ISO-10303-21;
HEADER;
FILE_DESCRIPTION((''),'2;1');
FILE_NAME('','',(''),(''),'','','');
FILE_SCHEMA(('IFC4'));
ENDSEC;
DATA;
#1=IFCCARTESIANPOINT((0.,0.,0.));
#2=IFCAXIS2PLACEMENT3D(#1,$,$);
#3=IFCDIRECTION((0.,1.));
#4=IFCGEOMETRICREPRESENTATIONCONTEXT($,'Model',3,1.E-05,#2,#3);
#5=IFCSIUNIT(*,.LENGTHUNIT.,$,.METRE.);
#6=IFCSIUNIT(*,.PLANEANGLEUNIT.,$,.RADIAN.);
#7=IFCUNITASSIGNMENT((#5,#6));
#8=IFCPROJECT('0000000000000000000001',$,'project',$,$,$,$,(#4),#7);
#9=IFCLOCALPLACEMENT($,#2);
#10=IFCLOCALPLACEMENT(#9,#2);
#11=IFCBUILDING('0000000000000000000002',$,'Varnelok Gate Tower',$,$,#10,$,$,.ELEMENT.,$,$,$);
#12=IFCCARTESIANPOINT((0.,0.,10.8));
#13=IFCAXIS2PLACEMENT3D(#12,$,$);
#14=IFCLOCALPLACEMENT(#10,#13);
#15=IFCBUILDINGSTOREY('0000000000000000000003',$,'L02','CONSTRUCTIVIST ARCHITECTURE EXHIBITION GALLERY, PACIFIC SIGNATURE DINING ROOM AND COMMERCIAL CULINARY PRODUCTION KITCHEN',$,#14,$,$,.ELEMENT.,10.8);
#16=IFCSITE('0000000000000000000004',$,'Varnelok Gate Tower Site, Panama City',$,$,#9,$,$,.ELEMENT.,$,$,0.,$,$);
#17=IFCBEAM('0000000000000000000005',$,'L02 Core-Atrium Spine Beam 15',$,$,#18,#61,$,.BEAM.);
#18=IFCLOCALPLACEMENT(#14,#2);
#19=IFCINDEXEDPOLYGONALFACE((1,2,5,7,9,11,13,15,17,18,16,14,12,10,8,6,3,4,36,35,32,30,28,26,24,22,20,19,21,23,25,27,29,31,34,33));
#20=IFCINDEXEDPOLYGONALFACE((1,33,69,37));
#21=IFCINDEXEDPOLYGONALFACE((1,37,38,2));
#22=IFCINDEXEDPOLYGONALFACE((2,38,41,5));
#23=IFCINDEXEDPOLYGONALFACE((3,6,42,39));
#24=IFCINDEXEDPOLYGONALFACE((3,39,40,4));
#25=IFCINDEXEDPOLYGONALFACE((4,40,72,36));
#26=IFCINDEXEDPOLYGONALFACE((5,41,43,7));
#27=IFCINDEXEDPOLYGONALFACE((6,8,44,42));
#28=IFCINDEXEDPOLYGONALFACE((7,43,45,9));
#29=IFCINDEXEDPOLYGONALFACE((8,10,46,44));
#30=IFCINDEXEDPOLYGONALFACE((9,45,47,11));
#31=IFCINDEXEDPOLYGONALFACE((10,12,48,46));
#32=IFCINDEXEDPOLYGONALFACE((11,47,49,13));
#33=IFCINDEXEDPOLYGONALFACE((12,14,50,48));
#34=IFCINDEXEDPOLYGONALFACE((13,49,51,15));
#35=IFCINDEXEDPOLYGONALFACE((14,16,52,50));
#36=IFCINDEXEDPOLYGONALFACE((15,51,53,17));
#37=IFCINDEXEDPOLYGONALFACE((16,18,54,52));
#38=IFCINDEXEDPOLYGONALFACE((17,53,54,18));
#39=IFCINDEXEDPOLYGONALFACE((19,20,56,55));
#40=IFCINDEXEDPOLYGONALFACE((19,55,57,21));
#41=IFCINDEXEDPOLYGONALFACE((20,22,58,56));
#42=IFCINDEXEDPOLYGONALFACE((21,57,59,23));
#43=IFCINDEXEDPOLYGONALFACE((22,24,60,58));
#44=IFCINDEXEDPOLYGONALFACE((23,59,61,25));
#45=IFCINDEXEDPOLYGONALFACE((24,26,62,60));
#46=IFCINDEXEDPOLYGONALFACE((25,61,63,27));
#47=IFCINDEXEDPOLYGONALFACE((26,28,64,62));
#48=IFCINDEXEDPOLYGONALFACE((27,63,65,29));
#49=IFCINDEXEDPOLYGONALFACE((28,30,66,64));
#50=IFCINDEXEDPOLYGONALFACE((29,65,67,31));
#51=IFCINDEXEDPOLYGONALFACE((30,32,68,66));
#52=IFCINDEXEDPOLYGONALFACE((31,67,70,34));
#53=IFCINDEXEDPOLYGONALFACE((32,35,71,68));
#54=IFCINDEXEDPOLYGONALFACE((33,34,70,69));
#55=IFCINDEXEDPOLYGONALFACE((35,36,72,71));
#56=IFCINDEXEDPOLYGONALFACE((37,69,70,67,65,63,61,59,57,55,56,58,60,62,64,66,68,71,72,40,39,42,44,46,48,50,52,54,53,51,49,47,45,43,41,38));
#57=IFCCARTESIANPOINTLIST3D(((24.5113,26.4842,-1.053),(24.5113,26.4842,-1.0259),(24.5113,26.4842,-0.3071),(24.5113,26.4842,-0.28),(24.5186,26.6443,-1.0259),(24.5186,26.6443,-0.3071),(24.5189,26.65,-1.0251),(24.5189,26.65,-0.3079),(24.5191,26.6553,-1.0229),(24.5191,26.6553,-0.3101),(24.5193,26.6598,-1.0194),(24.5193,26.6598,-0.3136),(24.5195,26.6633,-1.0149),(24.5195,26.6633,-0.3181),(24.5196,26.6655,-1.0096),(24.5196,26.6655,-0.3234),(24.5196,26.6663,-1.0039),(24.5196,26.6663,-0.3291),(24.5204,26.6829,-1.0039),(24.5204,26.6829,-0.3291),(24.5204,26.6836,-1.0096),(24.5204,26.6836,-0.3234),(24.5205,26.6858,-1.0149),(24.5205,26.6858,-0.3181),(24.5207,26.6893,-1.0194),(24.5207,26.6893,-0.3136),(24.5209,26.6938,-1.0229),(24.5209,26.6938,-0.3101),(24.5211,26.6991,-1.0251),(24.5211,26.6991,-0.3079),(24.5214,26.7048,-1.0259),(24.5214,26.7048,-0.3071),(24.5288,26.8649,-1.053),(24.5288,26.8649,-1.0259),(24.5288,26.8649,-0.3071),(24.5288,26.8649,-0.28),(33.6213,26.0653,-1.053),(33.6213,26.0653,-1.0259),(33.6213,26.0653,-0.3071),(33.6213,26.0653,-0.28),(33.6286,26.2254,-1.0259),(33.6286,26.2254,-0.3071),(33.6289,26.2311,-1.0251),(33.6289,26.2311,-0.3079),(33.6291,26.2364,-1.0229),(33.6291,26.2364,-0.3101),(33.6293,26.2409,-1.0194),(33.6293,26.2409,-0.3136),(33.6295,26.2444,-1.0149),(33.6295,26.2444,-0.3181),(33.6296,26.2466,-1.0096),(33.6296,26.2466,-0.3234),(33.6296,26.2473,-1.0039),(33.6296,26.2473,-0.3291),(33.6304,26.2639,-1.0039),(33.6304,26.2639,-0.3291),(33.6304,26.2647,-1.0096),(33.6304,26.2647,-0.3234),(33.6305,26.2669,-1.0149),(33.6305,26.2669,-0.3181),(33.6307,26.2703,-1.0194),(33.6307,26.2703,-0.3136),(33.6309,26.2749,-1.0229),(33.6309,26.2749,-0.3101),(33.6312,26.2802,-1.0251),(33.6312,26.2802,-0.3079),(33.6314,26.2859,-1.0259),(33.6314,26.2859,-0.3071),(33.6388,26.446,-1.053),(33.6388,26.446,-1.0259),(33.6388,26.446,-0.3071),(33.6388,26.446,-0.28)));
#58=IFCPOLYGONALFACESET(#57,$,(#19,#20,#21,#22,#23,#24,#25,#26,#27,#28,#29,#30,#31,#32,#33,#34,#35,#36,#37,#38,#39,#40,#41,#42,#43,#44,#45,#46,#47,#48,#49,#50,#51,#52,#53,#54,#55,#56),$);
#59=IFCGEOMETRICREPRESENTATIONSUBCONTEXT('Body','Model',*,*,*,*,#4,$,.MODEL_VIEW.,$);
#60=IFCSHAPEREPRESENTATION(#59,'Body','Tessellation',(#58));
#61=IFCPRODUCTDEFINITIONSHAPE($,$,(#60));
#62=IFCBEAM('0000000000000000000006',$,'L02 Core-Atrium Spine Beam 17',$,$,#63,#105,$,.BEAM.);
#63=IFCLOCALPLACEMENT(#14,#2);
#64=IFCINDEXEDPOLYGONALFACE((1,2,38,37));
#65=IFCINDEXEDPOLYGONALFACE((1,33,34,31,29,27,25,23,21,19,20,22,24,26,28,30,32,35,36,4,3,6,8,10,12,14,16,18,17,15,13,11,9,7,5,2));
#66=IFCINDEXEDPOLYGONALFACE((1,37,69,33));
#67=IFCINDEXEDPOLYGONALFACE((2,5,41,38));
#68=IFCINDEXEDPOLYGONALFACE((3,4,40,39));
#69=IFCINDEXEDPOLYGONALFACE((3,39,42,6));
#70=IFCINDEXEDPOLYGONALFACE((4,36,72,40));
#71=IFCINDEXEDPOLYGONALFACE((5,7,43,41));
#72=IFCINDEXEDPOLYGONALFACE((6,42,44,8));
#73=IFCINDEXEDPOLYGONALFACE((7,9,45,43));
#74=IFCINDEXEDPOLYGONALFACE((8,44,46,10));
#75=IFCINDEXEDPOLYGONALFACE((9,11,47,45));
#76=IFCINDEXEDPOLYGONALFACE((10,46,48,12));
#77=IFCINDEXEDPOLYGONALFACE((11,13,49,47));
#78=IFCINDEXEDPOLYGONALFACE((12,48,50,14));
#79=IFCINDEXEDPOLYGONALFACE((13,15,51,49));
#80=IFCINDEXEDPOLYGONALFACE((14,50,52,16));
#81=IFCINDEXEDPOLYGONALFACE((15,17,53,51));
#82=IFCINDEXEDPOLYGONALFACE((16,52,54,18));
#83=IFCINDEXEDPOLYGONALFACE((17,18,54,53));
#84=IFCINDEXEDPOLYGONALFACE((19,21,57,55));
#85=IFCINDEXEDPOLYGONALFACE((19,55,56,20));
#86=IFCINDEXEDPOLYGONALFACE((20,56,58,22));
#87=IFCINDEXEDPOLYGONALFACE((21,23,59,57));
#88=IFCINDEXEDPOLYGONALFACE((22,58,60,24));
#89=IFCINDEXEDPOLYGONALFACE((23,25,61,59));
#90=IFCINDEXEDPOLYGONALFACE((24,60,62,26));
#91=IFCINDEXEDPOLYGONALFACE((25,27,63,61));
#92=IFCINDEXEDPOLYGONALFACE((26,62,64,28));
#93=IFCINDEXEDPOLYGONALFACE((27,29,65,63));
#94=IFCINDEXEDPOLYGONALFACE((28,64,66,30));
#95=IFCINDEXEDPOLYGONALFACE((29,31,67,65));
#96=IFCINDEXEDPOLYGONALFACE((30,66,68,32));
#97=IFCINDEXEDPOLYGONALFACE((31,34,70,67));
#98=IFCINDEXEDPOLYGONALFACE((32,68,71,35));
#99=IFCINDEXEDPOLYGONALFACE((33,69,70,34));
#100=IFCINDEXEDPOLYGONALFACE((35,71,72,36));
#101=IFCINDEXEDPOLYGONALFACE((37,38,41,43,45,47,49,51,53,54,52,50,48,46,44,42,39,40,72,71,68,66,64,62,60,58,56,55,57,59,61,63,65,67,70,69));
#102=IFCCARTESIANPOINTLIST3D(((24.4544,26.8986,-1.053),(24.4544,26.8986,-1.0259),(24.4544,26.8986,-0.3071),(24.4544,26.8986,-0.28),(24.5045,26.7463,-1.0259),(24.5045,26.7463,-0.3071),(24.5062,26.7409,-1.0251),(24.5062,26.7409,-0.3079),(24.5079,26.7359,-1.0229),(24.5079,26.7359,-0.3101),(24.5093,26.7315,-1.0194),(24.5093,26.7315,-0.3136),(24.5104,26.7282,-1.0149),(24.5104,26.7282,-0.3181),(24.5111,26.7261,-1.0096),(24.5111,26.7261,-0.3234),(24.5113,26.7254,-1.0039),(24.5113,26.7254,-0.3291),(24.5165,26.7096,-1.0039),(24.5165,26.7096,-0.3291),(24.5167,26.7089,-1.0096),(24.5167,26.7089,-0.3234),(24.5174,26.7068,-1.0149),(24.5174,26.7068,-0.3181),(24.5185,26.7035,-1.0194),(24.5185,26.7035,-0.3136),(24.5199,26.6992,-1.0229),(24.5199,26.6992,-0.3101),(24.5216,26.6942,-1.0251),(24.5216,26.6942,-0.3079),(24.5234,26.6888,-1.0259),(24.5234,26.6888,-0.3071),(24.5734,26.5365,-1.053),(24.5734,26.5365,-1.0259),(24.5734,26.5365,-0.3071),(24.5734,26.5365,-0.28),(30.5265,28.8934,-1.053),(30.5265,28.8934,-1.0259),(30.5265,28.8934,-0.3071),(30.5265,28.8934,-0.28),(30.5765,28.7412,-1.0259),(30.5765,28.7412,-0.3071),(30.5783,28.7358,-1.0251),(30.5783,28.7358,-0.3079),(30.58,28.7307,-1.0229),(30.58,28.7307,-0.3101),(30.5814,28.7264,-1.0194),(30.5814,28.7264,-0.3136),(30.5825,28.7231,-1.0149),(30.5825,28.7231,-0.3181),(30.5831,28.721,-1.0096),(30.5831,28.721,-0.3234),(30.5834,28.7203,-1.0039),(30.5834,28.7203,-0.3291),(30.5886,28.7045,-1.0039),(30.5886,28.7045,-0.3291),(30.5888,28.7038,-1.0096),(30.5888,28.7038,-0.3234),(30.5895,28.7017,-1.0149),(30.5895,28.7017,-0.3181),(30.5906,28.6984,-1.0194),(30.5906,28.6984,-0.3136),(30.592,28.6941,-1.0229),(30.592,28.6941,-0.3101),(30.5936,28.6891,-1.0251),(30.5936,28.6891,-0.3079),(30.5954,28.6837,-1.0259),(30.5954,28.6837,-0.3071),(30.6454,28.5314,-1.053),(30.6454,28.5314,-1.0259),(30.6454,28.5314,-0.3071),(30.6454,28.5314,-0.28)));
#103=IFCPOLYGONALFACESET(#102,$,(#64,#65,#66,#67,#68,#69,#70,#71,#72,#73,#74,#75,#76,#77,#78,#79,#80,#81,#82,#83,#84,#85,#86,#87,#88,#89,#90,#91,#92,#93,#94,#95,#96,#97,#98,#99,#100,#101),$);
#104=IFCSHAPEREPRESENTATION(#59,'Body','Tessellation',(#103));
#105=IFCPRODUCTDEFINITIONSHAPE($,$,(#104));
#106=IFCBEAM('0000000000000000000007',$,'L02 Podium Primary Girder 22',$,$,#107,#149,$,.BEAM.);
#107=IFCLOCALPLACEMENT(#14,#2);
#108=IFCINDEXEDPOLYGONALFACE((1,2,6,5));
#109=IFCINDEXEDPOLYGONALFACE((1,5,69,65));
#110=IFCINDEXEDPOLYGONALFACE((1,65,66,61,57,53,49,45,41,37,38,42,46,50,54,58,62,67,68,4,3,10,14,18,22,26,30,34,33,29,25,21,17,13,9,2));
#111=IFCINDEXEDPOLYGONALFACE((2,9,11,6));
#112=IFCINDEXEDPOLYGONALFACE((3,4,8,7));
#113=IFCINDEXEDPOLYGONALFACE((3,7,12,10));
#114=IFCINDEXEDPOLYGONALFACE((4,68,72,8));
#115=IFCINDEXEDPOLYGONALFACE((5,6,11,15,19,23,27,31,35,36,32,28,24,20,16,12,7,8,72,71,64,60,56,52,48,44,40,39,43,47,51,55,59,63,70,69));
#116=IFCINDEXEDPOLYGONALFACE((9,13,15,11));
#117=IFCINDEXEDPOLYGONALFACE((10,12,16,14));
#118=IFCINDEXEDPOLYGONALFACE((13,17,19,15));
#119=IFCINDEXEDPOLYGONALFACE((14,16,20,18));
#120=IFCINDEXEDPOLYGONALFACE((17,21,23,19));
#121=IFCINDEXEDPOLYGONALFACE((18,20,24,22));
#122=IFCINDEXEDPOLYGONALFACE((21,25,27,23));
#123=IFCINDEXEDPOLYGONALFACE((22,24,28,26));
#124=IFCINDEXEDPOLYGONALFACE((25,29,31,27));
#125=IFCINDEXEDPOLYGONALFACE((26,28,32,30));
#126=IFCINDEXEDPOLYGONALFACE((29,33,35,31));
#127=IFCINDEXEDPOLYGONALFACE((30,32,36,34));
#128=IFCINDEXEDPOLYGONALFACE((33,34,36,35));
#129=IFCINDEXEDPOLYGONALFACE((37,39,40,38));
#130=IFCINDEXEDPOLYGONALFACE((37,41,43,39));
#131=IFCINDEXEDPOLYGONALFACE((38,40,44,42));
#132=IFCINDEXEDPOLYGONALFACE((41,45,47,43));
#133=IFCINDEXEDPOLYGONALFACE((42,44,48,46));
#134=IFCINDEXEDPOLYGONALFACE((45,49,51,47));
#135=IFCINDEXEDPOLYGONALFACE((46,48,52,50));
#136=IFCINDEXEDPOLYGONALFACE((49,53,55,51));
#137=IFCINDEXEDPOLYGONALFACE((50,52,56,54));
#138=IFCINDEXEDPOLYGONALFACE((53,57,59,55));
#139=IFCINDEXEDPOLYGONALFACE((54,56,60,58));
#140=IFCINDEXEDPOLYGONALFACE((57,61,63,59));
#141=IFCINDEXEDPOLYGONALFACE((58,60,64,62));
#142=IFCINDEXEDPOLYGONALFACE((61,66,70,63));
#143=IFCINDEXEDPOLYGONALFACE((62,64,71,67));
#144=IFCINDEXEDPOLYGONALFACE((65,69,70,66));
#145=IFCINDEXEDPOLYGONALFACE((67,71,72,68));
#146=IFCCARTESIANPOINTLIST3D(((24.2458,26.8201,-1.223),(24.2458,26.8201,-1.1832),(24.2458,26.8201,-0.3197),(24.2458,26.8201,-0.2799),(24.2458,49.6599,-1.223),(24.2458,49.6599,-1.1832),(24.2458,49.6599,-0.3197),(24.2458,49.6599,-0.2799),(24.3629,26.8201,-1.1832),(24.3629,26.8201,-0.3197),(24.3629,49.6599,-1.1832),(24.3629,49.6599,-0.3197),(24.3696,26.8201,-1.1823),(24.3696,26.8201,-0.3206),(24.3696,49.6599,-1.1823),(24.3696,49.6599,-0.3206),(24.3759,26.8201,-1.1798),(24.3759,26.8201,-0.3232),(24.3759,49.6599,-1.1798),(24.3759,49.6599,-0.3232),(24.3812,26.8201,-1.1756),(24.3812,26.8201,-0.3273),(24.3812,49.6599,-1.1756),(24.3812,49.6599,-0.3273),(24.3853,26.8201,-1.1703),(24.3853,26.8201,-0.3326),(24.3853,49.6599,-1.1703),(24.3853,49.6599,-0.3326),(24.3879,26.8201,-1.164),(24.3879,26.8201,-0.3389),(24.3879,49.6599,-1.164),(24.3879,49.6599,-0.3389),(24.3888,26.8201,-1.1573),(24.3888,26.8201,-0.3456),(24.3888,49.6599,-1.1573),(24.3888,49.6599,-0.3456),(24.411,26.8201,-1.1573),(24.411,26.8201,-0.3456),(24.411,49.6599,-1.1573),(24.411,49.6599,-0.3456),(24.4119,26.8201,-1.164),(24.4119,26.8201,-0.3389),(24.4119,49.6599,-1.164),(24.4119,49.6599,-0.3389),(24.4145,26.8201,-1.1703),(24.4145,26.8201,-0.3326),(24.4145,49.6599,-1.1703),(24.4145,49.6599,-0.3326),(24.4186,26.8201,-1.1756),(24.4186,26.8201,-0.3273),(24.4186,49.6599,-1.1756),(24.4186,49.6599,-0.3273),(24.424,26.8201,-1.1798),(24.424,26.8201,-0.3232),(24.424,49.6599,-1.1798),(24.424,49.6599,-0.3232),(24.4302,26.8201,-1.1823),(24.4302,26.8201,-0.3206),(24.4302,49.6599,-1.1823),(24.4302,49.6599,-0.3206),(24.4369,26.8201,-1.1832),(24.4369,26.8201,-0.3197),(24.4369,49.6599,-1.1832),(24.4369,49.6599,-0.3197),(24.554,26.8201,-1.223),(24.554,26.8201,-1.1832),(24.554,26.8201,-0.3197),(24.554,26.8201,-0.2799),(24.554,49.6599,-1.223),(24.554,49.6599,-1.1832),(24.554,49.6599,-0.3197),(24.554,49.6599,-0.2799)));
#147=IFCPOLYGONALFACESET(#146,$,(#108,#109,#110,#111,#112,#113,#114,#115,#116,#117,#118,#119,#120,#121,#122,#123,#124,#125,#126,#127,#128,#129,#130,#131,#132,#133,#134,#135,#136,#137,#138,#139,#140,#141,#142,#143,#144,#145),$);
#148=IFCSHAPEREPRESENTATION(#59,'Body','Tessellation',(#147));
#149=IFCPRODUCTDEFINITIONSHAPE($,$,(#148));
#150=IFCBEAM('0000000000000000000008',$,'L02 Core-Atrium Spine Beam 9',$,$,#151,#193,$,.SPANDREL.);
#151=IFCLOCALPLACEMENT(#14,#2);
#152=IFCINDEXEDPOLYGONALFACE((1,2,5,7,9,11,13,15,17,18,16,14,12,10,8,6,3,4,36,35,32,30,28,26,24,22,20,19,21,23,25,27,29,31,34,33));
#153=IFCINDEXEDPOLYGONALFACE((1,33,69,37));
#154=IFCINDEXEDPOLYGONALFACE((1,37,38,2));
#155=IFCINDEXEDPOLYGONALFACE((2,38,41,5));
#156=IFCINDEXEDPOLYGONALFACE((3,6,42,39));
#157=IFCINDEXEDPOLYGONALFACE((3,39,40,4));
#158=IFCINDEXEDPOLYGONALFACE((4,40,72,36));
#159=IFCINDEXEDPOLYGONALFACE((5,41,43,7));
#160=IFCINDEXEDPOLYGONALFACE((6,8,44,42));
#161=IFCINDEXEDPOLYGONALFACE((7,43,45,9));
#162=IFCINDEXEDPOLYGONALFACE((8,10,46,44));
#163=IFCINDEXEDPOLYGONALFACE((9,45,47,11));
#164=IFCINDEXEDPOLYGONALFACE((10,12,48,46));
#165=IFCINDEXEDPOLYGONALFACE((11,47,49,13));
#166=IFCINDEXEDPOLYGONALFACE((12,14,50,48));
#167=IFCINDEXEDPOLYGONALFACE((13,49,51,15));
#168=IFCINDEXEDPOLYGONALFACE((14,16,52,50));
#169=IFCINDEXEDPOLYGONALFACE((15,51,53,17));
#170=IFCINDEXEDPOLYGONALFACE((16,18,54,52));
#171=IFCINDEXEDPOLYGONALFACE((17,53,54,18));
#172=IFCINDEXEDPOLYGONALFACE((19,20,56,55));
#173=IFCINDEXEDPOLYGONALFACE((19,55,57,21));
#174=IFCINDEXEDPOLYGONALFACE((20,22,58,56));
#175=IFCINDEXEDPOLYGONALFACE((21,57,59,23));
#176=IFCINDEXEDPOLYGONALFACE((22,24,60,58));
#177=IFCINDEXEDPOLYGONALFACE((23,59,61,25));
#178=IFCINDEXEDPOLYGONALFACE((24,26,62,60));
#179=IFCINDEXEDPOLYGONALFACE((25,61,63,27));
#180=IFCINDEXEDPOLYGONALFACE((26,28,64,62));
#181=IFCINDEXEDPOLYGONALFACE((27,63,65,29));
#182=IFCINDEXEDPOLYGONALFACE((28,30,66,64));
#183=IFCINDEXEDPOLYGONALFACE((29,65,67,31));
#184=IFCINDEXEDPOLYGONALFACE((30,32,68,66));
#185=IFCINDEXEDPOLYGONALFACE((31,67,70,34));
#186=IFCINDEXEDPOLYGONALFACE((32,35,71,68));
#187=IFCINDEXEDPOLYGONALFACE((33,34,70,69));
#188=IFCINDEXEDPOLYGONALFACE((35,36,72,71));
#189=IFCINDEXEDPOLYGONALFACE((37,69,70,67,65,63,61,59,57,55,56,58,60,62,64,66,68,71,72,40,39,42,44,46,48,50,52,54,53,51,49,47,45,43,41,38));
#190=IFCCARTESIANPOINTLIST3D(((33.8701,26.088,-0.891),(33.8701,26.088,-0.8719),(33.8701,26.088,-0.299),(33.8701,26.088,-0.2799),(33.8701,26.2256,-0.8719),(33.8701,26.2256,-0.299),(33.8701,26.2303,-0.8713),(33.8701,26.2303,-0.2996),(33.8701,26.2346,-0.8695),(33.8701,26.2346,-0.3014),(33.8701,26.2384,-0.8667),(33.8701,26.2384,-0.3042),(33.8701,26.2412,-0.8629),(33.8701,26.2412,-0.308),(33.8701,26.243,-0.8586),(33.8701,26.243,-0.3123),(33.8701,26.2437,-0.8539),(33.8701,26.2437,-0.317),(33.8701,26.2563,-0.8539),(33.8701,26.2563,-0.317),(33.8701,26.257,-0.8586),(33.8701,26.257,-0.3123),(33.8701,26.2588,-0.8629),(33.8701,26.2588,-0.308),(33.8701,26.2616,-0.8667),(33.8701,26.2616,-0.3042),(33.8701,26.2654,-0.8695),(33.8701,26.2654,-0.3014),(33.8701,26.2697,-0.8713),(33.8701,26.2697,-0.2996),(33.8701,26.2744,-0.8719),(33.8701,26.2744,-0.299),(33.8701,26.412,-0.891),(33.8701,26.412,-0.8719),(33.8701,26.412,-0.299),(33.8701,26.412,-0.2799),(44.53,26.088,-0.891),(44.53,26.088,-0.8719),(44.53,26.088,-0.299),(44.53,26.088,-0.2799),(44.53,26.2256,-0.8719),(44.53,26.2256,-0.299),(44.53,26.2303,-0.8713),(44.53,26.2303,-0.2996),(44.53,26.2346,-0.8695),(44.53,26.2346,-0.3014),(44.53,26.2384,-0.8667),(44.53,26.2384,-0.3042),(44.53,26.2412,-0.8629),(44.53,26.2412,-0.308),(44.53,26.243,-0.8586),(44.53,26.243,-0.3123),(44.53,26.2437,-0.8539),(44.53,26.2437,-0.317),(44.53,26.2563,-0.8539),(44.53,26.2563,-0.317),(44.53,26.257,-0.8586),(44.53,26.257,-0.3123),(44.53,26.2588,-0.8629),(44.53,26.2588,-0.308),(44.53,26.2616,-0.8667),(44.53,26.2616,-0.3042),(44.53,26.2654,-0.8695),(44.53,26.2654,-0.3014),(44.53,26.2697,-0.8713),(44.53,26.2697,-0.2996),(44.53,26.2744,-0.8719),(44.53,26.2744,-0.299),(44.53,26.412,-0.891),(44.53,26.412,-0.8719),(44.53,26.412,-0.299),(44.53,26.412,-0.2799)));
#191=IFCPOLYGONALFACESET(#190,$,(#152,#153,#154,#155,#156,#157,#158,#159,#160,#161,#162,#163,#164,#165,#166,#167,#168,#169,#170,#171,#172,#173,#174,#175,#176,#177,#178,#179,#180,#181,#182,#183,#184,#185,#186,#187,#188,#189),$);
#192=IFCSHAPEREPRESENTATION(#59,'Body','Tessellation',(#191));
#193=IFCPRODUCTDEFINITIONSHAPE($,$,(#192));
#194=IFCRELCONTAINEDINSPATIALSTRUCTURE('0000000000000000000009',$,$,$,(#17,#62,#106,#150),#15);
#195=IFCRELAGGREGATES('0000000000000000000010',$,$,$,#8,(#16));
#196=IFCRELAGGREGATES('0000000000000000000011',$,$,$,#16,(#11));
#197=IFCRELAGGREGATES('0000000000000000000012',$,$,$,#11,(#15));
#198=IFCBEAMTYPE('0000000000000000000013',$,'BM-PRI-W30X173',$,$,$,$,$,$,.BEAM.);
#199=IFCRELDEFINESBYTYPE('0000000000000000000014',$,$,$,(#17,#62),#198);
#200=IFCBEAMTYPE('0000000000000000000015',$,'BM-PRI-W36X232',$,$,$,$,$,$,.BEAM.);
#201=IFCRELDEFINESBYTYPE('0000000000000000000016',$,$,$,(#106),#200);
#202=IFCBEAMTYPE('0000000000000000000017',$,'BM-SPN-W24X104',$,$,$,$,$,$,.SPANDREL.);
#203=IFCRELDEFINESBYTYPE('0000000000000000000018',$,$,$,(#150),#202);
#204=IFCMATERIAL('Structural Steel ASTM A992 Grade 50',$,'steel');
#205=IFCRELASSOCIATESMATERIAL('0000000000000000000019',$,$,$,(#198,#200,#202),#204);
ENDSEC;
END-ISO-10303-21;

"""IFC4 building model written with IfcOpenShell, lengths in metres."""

from ifc_helpers import new_model, si_unit, direction, frame, origin, origin_2d, place, context, subcontext, project, spatial, i_section, extrude, material, material_profile, profile_set, type_object, element, save


model = new_model("IFC4")

# Units and contexts
model_context = context("Model", 3, precision=1e-05, world=origin(), true_north=direction((0.0, 1.0)))
body_context = subcontext(model_context, "Body", "Model", "MODEL_VIEW")
ifc_project = project(units=[si_unit("LENGTHUNIT", "METRE"), si_unit("PLANEANGLEUNIT", "RADIAN")], contexts=[model_context])

# Site, building, storey
site_placement = place(None, origin())
site = spatial("IfcSite", under=ifc_project, at=site_placement, Name="Varnelok Gate Tower Site, Panama City", CompositionType="ELEMENT", RefElevation=0.0)
building_placement = place(site_placement, origin())
building = spatial("IfcBuilding", under=site, at=building_placement, Name="Varnelok Gate Tower", CompositionType="ELEMENT")
storey_placement = place(building_placement, frame((0.0, 0.0, 10.8)))
storey = spatial("IfcBuildingStorey", under=building, at=storey_placement, Name="L02", Description="CONSTRUCTIVIST ARCHITECTURE EXHIBITION GALLERY, PACIFIC SIGNATURE DINING ROOM AND COMMERCIAL CULINARY PRODUCTION KITCHEN", CompositionType="ELEMENT", Elevation=10.8)

# Shared definitions
ifc_material_1 = material(Name="Structural Steel ASTM A992 Grade 50", Category="steel")

# Beams
ifc_material_profile_1 = material_profile(ifc_material_1, i_section(OverallWidth=0.3811, OverallDepth=0.7729, WebThickness=0.0166, FlangeThickness=0.0271, FilletRadius=0.022, at=origin_2d()), Name="W30X173")
ifc_profile_set_1 = profile_set([ifc_material_profile_1], Name="Structural Steel ASTM A992 Grade 50")
beam_type_1 = type_object("IfcBeamType", Name="BM-PRI-W30X173", PredefinedType="BEAM", material=ifc_profile_set_1)
beam_1_placement = place(storey_placement, frame((24.52, 26.6746, -0.6665), z_axis=(0.998944, -0.045938, 0.0), x_axis=(0.045938, 0.998944, 0.0)))
element("IfcBeam", 1, at=beam_1_placement, inside=storey, type_object=beam_type_1, Name="L02 Core-Atrium Spine Beam 15", PredefinedType="BEAM", context=body_context, shape_type="SweptSolid", body=[
    extrude(i_section(OverallWidth=0.3811, OverallDepth=0.7729, WebThickness=0.0166, FlangeThickness=0.0271, FilletRadius=0.022, at=origin_2d()), origin(), (0.0, 0.0, 1.0), 9.1196),
])
beam_2_placement = place(storey_placement, frame((24.5139, 26.7175, -0.6665), z_axis=(0.950042, 0.312122, 0.0), x_axis=(-0.312122, 0.950042, 0.0)))
element("IfcBeam", 2, at=beam_2_placement, inside=storey, type_object=beam_type_1, Name="L02 Core-Atrium Spine Beam 17", PredefinedType="BEAM", context=body_context, shape_type="SweptSolid", body=[
    extrude(i_section(OverallWidth=0.3811, OverallDepth=0.7729, WebThickness=0.0166, FlangeThickness=0.0271, FilletRadius=0.022, at=origin_2d()), origin(), (0.0, 0.0, 1.0), 6.3914),
])
ifc_material_profile_2 = material_profile(ifc_material_1, i_section(OverallWidth=0.3081, OverallDepth=0.9431, WebThickness=0.0222, FlangeThickness=0.0398, FilletRadius=0.0259, at=origin_2d()), Name="W36X232")
ifc_profile_set_2 = profile_set([ifc_material_profile_2], Name="Structural Steel ASTM A992 Grade 50")
beam_type_2 = type_object("IfcBeamType", Name="BM-PRI-W36X232", PredefinedType="BEAM", material=ifc_profile_set_2)
beam_3_placement = place(storey_placement, frame((24.3999, 26.8201, -0.7515), z_axis=(0.0, 1.0, 0.0), x_axis=(-1.0, 0.0, 0.0)))
element("IfcBeam", 3, at=beam_3_placement, inside=storey, type_object=beam_type_2, Name="L02 Podium Primary Girder 22", PredefinedType="BEAM", context=body_context, shape_type="SweptSolid", body=[
    extrude(i_section(OverallWidth=0.3081, OverallDepth=0.9431, WebThickness=0.0222, FlangeThickness=0.0398, FilletRadius=0.0259, at=origin_2d()), origin(), (0.0, 0.0, 1.0), 22.8398),
])
ifc_material_profile_3 = material_profile(ifc_material_1, i_section(OverallWidth=0.324, OverallDepth=0.6111, WebThickness=0.0127, FlangeThickness=0.019, FilletRadius=0.0181, at=origin_2d()), Name="W24X104")
ifc_profile_set_3 = profile_set([ifc_material_profile_3], Name="Structural Steel ASTM A992 Grade 50")
beam_type_3 = type_object("IfcBeamType", Name="BM-SPN-W24X104", PredefinedType="SPANDREL", material=ifc_profile_set_3)
beam_4_placement = place(storey_placement, frame((33.8701, 26.25, -0.5854), z_axis=(1.0, 0.0, 0.0), x_axis=(0.0, 1.0, 0.0)))
element("IfcBeam", 4, at=beam_4_placement, inside=storey, type_object=beam_type_3, Name="L02 Core-Atrium Spine Beam 9", PredefinedType="SPANDREL", context=body_context, shape_type="SweptSolid", body=[
    extrude(i_section(OverallWidth=0.324, OverallDepth=0.6111, WebThickness=0.0127, FlangeThickness=0.019, FilletRadius=0.0181, at=origin_2d()), origin(), (0.0, 0.0, 1.0), 10.6599),
])

save(model, "model.ifc")
